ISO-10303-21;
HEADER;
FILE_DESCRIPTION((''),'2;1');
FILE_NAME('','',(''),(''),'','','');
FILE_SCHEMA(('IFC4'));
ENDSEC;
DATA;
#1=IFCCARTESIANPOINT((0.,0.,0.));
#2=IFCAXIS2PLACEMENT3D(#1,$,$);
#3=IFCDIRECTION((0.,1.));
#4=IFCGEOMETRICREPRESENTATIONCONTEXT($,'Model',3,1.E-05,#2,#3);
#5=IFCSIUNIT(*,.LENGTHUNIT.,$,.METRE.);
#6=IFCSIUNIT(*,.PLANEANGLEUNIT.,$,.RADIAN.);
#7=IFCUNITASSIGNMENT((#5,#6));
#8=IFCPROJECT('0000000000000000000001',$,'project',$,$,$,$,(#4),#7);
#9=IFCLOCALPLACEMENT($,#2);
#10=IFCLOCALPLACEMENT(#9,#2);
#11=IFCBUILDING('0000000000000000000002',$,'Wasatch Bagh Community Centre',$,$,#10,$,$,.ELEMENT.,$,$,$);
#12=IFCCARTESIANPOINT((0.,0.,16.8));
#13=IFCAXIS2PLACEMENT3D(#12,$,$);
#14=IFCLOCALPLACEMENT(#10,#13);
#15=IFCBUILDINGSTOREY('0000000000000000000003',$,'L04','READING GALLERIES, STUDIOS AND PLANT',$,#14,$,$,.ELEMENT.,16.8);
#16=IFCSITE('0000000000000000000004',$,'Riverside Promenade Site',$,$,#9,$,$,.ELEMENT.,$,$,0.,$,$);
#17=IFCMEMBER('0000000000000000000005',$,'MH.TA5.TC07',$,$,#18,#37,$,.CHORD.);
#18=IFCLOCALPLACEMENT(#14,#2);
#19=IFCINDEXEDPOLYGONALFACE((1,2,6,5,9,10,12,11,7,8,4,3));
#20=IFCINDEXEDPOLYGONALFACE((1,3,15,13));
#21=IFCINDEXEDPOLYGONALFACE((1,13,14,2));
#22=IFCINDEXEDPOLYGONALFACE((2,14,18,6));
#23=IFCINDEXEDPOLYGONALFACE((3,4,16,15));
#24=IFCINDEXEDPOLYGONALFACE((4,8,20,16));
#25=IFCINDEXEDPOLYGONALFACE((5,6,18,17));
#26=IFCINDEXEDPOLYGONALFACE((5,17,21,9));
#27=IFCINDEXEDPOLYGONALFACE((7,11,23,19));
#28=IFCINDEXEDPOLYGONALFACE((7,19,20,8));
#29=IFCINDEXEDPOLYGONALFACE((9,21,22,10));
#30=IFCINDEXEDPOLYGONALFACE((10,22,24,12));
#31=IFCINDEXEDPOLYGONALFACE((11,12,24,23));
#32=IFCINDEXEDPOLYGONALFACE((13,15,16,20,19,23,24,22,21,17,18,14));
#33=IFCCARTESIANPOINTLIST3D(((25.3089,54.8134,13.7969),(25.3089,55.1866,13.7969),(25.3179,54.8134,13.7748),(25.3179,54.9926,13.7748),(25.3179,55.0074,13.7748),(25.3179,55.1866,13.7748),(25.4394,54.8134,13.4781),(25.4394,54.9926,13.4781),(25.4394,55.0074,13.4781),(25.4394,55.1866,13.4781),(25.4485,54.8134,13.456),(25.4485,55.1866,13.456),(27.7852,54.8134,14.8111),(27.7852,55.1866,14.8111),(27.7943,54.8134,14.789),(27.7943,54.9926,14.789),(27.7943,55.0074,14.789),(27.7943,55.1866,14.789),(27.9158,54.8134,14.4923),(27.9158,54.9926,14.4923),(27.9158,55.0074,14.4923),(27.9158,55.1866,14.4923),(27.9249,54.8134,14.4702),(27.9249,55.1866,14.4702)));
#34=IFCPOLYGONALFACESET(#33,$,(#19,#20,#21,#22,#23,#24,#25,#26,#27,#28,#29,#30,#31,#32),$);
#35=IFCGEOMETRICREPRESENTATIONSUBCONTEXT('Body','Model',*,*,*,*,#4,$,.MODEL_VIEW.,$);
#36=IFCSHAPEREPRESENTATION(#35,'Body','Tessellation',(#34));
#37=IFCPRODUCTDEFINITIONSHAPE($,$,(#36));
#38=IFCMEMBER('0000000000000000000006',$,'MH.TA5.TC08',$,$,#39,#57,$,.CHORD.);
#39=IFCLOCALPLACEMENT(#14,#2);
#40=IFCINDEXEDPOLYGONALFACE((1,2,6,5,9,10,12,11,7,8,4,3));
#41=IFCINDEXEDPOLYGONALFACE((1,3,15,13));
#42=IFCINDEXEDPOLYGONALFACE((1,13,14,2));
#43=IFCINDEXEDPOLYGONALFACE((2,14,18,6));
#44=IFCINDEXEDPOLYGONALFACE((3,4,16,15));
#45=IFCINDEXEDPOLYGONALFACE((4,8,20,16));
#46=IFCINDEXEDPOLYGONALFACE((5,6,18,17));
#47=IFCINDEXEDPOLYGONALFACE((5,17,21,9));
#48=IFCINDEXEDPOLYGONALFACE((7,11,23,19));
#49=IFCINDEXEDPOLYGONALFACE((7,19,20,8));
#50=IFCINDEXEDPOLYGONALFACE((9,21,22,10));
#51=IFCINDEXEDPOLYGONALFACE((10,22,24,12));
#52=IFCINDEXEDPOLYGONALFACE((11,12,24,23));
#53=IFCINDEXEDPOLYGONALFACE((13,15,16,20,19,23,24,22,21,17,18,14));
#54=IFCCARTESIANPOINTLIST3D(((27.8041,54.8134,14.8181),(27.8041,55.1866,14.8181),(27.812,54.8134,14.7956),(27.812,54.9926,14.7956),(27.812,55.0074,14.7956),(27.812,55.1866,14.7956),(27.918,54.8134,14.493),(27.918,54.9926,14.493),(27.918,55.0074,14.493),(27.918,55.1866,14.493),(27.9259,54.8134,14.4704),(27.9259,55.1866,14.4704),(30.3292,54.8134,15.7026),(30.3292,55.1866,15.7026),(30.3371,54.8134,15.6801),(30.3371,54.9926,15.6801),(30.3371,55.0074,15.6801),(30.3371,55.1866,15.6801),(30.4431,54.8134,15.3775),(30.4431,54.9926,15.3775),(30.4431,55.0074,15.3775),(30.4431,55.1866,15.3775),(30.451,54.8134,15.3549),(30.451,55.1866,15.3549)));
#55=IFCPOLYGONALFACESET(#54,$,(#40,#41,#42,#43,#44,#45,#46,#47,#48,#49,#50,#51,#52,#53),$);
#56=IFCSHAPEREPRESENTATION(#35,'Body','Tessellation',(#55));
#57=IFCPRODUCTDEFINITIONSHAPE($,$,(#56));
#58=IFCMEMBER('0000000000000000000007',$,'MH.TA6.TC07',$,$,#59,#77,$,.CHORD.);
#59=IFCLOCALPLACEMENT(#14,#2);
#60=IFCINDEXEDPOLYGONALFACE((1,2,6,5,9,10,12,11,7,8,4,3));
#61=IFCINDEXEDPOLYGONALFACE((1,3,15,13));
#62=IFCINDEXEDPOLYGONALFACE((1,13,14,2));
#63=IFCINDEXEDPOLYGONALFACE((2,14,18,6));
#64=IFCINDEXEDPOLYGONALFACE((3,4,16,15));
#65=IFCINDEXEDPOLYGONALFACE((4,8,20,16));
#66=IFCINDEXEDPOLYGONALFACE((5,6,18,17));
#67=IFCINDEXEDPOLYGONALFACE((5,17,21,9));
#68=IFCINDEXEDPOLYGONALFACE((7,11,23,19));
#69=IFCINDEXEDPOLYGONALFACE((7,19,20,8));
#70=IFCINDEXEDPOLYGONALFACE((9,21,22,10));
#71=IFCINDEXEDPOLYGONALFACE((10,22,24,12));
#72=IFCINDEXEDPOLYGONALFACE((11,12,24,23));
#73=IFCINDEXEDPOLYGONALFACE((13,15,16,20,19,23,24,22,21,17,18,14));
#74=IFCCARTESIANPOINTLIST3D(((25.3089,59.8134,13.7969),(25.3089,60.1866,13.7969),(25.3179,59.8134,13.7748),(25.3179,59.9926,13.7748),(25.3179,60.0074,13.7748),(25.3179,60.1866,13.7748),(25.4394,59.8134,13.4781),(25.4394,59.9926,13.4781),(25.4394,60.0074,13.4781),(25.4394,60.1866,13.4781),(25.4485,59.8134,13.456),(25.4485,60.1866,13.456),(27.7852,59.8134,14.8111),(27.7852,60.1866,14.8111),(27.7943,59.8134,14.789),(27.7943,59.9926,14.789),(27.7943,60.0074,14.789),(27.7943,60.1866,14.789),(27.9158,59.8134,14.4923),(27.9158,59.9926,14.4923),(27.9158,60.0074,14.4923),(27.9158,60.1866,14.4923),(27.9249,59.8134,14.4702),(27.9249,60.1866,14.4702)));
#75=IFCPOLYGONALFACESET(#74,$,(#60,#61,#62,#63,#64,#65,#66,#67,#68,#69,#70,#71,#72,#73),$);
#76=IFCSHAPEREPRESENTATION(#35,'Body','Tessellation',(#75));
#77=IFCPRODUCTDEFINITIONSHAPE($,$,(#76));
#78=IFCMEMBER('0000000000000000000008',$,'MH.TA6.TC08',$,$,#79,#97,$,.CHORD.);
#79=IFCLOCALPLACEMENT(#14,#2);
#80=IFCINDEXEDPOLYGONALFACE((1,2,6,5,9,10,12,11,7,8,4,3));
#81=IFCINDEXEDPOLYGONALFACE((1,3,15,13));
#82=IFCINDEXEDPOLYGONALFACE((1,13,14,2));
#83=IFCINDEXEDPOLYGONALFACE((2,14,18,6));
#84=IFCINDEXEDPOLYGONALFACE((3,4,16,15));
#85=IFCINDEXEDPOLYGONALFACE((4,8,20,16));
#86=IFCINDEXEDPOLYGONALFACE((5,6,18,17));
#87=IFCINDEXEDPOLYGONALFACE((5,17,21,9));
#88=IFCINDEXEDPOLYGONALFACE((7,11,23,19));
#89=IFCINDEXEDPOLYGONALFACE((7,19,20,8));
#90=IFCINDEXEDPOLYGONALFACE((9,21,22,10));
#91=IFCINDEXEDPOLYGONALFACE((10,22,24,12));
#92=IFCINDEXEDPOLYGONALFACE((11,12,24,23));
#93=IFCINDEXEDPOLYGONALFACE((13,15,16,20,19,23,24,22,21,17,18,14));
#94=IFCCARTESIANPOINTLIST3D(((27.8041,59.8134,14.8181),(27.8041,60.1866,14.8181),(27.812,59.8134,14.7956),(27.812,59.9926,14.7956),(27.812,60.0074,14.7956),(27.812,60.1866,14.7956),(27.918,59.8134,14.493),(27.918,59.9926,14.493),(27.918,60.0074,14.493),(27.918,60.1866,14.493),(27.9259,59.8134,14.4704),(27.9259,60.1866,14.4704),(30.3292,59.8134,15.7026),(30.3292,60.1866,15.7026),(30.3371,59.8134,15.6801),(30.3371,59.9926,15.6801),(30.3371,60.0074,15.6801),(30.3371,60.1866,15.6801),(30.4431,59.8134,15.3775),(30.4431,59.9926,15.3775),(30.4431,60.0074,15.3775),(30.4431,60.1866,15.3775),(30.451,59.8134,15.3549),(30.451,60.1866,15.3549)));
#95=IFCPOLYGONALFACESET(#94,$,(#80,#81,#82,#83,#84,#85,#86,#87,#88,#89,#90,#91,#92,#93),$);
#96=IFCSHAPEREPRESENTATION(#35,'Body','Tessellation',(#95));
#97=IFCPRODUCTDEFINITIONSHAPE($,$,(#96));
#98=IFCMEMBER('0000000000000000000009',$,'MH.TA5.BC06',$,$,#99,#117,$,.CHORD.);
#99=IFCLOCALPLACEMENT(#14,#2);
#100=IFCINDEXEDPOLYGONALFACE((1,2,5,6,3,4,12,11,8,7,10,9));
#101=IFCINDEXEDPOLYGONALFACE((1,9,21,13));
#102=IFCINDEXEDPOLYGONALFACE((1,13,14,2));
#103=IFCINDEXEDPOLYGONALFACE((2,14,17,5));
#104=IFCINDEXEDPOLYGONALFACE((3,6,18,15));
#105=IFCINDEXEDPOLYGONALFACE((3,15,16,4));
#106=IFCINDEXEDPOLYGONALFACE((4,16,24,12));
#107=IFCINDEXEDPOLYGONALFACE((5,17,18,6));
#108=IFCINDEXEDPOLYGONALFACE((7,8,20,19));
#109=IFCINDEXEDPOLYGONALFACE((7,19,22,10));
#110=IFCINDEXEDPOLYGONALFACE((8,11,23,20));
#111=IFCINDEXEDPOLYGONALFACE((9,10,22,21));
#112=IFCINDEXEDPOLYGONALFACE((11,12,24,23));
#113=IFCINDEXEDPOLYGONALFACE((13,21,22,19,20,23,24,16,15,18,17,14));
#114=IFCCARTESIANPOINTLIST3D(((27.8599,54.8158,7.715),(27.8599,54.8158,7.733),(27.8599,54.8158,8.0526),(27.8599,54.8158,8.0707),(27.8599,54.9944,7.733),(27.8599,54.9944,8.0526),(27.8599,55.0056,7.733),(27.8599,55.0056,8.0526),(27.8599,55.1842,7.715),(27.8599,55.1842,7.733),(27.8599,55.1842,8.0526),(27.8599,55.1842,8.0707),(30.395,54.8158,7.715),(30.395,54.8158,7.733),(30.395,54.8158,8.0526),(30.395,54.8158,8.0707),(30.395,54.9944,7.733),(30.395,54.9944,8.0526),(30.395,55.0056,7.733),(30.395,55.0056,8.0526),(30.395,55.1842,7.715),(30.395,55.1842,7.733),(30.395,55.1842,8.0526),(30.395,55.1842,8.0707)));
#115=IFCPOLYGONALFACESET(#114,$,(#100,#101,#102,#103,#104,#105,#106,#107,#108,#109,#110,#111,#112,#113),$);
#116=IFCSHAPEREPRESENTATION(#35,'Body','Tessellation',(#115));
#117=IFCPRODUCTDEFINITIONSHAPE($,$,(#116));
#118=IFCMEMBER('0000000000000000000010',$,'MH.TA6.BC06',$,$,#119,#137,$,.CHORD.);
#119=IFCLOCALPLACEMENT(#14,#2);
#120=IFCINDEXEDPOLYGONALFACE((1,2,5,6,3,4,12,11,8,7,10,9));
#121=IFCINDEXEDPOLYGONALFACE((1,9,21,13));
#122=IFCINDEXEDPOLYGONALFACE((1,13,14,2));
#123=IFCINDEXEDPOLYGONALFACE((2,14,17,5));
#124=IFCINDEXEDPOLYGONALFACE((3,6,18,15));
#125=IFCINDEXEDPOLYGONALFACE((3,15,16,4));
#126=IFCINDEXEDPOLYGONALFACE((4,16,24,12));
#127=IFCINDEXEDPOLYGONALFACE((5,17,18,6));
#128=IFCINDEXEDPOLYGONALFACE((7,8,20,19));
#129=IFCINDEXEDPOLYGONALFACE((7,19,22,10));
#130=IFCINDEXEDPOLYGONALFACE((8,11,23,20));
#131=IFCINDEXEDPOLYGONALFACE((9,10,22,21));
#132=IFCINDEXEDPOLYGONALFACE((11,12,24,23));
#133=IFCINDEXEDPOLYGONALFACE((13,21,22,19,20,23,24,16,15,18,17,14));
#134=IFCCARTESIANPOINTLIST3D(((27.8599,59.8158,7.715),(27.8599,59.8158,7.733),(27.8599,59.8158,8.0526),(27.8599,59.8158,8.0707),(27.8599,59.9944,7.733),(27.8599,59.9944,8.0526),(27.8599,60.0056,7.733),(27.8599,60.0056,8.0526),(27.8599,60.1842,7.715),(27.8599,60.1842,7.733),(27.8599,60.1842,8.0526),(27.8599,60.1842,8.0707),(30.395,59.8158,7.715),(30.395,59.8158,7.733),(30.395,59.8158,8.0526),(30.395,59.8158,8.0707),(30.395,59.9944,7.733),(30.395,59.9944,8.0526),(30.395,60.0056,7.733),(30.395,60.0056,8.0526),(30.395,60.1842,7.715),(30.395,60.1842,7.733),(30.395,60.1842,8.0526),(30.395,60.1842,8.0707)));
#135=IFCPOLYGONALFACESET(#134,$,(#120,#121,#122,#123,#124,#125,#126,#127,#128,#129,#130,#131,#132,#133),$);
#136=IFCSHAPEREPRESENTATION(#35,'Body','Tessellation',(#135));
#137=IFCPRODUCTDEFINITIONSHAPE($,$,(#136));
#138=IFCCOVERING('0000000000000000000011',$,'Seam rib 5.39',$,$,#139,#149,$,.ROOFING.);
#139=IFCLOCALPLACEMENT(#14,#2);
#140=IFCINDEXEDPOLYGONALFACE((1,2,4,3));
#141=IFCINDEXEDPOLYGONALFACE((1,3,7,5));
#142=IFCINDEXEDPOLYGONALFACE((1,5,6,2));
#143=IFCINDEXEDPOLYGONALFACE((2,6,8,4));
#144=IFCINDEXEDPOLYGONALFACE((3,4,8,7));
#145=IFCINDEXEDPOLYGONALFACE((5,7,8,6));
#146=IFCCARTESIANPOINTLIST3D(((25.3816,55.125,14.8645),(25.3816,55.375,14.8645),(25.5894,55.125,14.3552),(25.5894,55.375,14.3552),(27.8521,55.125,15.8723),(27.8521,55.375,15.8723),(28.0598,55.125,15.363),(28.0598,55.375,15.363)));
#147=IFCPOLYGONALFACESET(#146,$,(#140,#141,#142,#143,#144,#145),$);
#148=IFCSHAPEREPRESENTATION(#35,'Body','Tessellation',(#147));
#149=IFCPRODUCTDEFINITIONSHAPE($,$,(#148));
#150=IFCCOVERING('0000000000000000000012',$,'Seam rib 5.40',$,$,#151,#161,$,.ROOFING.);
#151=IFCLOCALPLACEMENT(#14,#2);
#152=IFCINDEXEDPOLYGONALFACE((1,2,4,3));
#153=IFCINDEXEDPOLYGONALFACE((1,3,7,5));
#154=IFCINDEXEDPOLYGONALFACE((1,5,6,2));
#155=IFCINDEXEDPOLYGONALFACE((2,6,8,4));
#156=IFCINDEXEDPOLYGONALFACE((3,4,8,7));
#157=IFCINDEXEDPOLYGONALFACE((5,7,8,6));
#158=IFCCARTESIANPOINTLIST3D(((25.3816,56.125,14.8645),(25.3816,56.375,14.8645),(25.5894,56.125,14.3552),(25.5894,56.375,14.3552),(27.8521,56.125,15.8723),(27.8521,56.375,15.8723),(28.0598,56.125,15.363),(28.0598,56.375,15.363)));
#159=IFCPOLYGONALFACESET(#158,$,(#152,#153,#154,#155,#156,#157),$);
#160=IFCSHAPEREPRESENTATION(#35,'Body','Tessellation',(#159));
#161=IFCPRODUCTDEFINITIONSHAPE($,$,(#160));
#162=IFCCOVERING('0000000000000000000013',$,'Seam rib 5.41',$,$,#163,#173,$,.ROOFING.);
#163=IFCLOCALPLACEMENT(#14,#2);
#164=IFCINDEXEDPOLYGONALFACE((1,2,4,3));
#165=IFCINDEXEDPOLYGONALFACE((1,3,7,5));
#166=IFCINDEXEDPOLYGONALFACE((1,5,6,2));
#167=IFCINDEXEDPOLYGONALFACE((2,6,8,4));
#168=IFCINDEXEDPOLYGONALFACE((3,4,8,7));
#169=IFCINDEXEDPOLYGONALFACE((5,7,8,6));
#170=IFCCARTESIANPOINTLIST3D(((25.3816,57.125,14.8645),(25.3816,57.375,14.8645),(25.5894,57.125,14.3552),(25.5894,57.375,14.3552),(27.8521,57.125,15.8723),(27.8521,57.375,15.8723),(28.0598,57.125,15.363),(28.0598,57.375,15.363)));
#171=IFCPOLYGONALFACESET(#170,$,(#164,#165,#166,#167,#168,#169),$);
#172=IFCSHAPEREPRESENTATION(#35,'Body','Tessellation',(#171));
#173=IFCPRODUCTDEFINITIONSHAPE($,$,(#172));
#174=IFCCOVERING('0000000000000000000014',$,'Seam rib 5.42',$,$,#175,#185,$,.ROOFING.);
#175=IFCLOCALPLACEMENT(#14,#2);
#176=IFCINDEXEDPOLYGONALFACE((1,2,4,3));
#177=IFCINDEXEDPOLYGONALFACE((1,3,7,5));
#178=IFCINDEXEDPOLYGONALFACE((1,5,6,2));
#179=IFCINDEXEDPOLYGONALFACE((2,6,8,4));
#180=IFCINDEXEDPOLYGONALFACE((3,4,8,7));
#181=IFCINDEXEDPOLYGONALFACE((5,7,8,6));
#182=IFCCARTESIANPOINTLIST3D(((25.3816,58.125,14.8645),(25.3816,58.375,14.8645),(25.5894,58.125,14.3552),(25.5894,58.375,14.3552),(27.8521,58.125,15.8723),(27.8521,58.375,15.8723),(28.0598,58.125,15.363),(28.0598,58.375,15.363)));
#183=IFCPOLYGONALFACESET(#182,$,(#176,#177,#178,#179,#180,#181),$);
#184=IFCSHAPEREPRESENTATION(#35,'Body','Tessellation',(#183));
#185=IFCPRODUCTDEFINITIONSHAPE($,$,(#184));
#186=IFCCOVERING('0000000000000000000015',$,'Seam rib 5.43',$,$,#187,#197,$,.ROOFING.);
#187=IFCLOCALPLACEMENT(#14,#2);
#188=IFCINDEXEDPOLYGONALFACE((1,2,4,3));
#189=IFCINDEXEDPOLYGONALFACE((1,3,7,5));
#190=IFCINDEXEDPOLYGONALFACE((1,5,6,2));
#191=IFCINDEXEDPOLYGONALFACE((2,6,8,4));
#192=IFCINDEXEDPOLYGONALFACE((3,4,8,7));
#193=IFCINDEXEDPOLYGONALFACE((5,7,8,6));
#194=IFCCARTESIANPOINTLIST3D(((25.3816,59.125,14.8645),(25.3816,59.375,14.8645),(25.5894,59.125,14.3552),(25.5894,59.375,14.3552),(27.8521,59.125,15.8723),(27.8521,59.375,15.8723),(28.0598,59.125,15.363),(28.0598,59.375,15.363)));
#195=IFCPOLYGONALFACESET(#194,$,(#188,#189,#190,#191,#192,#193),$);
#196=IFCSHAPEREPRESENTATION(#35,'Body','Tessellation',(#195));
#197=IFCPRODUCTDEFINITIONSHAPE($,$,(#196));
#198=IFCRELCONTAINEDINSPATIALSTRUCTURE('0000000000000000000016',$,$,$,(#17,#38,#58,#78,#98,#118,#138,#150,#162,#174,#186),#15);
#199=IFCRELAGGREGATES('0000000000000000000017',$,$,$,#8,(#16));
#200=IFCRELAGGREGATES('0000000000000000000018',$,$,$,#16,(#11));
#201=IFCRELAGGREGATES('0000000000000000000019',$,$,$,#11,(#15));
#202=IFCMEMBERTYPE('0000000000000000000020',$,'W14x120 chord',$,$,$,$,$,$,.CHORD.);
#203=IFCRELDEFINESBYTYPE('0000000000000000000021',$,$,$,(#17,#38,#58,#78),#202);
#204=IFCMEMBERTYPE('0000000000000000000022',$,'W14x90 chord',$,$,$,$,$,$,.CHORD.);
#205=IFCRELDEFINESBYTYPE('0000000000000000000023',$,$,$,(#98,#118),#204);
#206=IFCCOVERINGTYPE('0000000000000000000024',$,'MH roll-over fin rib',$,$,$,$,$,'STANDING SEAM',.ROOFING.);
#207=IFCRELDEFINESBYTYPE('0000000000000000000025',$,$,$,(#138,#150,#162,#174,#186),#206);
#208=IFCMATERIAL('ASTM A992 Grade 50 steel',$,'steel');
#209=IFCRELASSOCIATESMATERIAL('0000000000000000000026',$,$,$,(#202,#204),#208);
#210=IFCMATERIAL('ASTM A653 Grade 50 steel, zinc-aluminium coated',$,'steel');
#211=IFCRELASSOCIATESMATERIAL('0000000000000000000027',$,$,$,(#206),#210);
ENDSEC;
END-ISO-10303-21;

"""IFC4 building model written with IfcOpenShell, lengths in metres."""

from ifc_helpers import new_model, si_unit, direction, frame, origin, origin_2d, place, context, subcontext, project, spatial, polyline, i_section, outline, extrude, material, material_profile, profile_set, type_object, element, save


model = new_model("IFC4")

# Units and contexts
model_context = context("Model", 3, precision=1e-05, world=origin(), true_north=direction((0.0, 1.0)))
body_context = subcontext(model_context, "Body", "Model", "MODEL_VIEW")
ifc_project = project(units=[si_unit("LENGTHUNIT", "METRE"), si_unit("PLANEANGLEUNIT", "RADIAN")], contexts=[model_context])

# Site, building, storey
site_placement = place(None, origin())
site = spatial("IfcSite", under=ifc_project, at=site_placement, Name="Riverside Promenade Site", CompositionType="ELEMENT", RefElevation=0.0)
building_placement = place(site_placement, origin())
building = spatial("IfcBuilding", under=site, at=building_placement, Name="Wasatch Bagh Community Centre", CompositionType="ELEMENT")
storey_placement = place(building_placement, frame((0.0, 0.0, 16.8)))
storey = spatial("IfcBuildingStorey", under=building, at=storey_placement, Name="L04", Description="READING GALLERIES, STUDIOS AND PLANT", CompositionType="ELEMENT", Elevation=16.8)

# Members
ifc_material_1 = material(Name="ASTM A992 Grade 50 steel", Category="steel")
ifc_material_profile_1 = material_profile(ifc_material_1, i_section(OverallWidth=0.3733, OverallDepth=0.3684, WebThickness=0.0149, FlangeThickness=0.0239, at=origin_2d()), Name="W14x120")
ifc_profile_set_1 = profile_set([ifc_material_profile_1], Name="ASTM A992 Grade 50 steel")
member_type_1 = type_object("IfcMemberType", Name="W14x120 chord", PredefinedType="CHORD", material=ifc_profile_set_1)
member_1_placement = place(storey_placement, frame((25.3787, 55.0, 13.6265), z_axis=(0.9254, 0.0, 0.378992), x_axis=(0.0, 1.0, 0.0)))
element("IfcMember", 1, at=member_1_placement, inside=storey, type_object=member_type_1, Name="MH.TA5.TC07", PredefinedType="CHORD", context=body_context, shape_type="SweptSolid", body=[
    extrude(i_section(OverallWidth=0.3733, OverallDepth=0.3684, WebThickness=0.0149, FlangeThickness=0.0239, at=origin_2d()), origin(), (0.0, 0.0, 1.0), 2.676),
])
member_2_placement = place(storey_placement, frame((27.865, 55.0, 14.6443), z_axis=(0.943774, 0.0, 0.33059), x_axis=(0.0, 1.0, 0.0)))
element("IfcMember", 2, at=member_2_placement, inside=storey, type_object=member_type_1, Name="MH.TA5.TC08", PredefinedType="CHORD", context=body_context, shape_type="SweptSolid", body=[
    extrude(i_section(OverallWidth=0.3733, OverallDepth=0.3684, WebThickness=0.0149, FlangeThickness=0.0239, at=origin_2d()), origin(), (0.0, 0.0, 1.0), 2.6755),
])
member_3_placement = place(storey_placement, frame((25.3787, 60.0, 13.6265), z_axis=(0.9254, 0.0, 0.378992), x_axis=(0.0, 1.0, 0.0)))
element("IfcMember", 3, at=member_3_placement, inside=storey, type_object=member_type_1, Name="MH.TA6.TC07", PredefinedType="CHORD", context=body_context, shape_type="SweptSolid", body=[
    extrude(i_section(OverallWidth=0.3733, OverallDepth=0.3684, WebThickness=0.0149, FlangeThickness=0.0239, at=origin_2d()), origin(), (0.0, 0.0, 1.0), 2.676),
])
member_4_placement = place(storey_placement, frame((27.865, 60.0, 14.6443), z_axis=(0.943774, 0.0, 0.33059), x_axis=(0.0, 1.0, 0.0)))
element("IfcMember", 4, at=member_4_placement, inside=storey, type_object=member_type_1, Name="MH.TA6.TC08", PredefinedType="CHORD", context=body_context, shape_type="SweptSolid", body=[
    extrude(i_section(OverallWidth=0.3733, OverallDepth=0.3684, WebThickness=0.0149, FlangeThickness=0.0239, at=origin_2d()), origin(), (0.0, 0.0, 1.0), 2.6755),
])
ifc_material_profile_2 = material_profile(ifc_material_1, i_section(OverallWidth=0.3684, OverallDepth=0.3557, WebThickness=0.0112, FlangeThickness=0.0181, at=origin_2d()), Name="W14x90")
ifc_profile_set_2 = profile_set([ifc_material_profile_2], Name="ASTM A992 Grade 50 steel")
member_type_2 = type_object("IfcMemberType", Name="W14x90 chord", PredefinedType="CHORD", material=ifc_profile_set_2)
for number, where, z_axis, x_axis, name in (
    (5, (27.8599, 55.0, 7.8928), (1.0, 0.0, 0.0), (0.0, 1.0, 0.0), "MH.TA5.BC06"),
    (6, (27.8599, 60.0, 7.8928), (1.0, 0.0, 0.0), (0.0, 1.0, 0.0), "MH.TA6.BC06"),
):
    element("IfcMember", number, at=place(storey_placement, frame(where, z_axis=z_axis, x_axis=x_axis)), inside=storey, type_object=member_type_2, Name=name, PredefinedType="CHORD", context=body_context, shape_type="SweptSolid", body=[
        extrude(i_section(OverallWidth=0.3684, OverallDepth=0.3557, WebThickness=0.0112, FlangeThickness=0.0181, at=origin_2d()), origin(), (0.0, 0.0, 1.0), 2.5352),
    ])

# Coverings
ifc_material_2 = material(Name="ASTM A653 Grade 50 steel, zinc-aluminium coated", Category="steel")
covering_type = type_object("IfcCoveringType", Name="MH roll-over fin rib", ElementType="STANDING SEAM", PredefinedType="ROOFING", material=ifc_material_2)
for number, where, z_axis, x_axis, name in (
    (7, (25.3816, 55.125, 14.8645), (-0.377724, 0.0, 0.925918), (0.925918, 0.0, 0.377724), "Seam rib 5.39"),
    (8, (25.3816, 56.125, 14.8645), (-0.377724, 0.0, 0.925918), (0.925918, 0.0, 0.377724), "Seam rib 5.40"),
    (9, (25.3816, 57.125, 14.8645), (-0.377724, 0.0, 0.925918), (0.925918, 0.0, 0.377724), "Seam rib 5.41"),
    (10, (25.3816, 58.125, 14.8645), (-0.377724, 0.0, 0.925918), (0.925918, 0.0, 0.377724), "Seam rib 5.42"),
    (11, (25.3816, 59.125, 14.8645), (-0.377724, 0.0, 0.925918), (0.925918, 0.0, 0.377724), "Seam rib 5.43"),
):
    element("IfcCovering", number, at=place(storey_placement, frame(where, z_axis=z_axis, x_axis=x_axis)), inside=storey, type_object=covering_type, Name=name, PredefinedType="ROOFING", context=body_context, shape_type="SweptSolid", body=[
        extrude(outline(polyline([(0.0, 0.0), (2.6681, 0.0), (2.6681, 0.25), (0.0, 0.25), (0.0, 0.0)])), origin(), (0.0, 0.0, -1.0), 0.55),
    ])

save(model, "model.ifc")
